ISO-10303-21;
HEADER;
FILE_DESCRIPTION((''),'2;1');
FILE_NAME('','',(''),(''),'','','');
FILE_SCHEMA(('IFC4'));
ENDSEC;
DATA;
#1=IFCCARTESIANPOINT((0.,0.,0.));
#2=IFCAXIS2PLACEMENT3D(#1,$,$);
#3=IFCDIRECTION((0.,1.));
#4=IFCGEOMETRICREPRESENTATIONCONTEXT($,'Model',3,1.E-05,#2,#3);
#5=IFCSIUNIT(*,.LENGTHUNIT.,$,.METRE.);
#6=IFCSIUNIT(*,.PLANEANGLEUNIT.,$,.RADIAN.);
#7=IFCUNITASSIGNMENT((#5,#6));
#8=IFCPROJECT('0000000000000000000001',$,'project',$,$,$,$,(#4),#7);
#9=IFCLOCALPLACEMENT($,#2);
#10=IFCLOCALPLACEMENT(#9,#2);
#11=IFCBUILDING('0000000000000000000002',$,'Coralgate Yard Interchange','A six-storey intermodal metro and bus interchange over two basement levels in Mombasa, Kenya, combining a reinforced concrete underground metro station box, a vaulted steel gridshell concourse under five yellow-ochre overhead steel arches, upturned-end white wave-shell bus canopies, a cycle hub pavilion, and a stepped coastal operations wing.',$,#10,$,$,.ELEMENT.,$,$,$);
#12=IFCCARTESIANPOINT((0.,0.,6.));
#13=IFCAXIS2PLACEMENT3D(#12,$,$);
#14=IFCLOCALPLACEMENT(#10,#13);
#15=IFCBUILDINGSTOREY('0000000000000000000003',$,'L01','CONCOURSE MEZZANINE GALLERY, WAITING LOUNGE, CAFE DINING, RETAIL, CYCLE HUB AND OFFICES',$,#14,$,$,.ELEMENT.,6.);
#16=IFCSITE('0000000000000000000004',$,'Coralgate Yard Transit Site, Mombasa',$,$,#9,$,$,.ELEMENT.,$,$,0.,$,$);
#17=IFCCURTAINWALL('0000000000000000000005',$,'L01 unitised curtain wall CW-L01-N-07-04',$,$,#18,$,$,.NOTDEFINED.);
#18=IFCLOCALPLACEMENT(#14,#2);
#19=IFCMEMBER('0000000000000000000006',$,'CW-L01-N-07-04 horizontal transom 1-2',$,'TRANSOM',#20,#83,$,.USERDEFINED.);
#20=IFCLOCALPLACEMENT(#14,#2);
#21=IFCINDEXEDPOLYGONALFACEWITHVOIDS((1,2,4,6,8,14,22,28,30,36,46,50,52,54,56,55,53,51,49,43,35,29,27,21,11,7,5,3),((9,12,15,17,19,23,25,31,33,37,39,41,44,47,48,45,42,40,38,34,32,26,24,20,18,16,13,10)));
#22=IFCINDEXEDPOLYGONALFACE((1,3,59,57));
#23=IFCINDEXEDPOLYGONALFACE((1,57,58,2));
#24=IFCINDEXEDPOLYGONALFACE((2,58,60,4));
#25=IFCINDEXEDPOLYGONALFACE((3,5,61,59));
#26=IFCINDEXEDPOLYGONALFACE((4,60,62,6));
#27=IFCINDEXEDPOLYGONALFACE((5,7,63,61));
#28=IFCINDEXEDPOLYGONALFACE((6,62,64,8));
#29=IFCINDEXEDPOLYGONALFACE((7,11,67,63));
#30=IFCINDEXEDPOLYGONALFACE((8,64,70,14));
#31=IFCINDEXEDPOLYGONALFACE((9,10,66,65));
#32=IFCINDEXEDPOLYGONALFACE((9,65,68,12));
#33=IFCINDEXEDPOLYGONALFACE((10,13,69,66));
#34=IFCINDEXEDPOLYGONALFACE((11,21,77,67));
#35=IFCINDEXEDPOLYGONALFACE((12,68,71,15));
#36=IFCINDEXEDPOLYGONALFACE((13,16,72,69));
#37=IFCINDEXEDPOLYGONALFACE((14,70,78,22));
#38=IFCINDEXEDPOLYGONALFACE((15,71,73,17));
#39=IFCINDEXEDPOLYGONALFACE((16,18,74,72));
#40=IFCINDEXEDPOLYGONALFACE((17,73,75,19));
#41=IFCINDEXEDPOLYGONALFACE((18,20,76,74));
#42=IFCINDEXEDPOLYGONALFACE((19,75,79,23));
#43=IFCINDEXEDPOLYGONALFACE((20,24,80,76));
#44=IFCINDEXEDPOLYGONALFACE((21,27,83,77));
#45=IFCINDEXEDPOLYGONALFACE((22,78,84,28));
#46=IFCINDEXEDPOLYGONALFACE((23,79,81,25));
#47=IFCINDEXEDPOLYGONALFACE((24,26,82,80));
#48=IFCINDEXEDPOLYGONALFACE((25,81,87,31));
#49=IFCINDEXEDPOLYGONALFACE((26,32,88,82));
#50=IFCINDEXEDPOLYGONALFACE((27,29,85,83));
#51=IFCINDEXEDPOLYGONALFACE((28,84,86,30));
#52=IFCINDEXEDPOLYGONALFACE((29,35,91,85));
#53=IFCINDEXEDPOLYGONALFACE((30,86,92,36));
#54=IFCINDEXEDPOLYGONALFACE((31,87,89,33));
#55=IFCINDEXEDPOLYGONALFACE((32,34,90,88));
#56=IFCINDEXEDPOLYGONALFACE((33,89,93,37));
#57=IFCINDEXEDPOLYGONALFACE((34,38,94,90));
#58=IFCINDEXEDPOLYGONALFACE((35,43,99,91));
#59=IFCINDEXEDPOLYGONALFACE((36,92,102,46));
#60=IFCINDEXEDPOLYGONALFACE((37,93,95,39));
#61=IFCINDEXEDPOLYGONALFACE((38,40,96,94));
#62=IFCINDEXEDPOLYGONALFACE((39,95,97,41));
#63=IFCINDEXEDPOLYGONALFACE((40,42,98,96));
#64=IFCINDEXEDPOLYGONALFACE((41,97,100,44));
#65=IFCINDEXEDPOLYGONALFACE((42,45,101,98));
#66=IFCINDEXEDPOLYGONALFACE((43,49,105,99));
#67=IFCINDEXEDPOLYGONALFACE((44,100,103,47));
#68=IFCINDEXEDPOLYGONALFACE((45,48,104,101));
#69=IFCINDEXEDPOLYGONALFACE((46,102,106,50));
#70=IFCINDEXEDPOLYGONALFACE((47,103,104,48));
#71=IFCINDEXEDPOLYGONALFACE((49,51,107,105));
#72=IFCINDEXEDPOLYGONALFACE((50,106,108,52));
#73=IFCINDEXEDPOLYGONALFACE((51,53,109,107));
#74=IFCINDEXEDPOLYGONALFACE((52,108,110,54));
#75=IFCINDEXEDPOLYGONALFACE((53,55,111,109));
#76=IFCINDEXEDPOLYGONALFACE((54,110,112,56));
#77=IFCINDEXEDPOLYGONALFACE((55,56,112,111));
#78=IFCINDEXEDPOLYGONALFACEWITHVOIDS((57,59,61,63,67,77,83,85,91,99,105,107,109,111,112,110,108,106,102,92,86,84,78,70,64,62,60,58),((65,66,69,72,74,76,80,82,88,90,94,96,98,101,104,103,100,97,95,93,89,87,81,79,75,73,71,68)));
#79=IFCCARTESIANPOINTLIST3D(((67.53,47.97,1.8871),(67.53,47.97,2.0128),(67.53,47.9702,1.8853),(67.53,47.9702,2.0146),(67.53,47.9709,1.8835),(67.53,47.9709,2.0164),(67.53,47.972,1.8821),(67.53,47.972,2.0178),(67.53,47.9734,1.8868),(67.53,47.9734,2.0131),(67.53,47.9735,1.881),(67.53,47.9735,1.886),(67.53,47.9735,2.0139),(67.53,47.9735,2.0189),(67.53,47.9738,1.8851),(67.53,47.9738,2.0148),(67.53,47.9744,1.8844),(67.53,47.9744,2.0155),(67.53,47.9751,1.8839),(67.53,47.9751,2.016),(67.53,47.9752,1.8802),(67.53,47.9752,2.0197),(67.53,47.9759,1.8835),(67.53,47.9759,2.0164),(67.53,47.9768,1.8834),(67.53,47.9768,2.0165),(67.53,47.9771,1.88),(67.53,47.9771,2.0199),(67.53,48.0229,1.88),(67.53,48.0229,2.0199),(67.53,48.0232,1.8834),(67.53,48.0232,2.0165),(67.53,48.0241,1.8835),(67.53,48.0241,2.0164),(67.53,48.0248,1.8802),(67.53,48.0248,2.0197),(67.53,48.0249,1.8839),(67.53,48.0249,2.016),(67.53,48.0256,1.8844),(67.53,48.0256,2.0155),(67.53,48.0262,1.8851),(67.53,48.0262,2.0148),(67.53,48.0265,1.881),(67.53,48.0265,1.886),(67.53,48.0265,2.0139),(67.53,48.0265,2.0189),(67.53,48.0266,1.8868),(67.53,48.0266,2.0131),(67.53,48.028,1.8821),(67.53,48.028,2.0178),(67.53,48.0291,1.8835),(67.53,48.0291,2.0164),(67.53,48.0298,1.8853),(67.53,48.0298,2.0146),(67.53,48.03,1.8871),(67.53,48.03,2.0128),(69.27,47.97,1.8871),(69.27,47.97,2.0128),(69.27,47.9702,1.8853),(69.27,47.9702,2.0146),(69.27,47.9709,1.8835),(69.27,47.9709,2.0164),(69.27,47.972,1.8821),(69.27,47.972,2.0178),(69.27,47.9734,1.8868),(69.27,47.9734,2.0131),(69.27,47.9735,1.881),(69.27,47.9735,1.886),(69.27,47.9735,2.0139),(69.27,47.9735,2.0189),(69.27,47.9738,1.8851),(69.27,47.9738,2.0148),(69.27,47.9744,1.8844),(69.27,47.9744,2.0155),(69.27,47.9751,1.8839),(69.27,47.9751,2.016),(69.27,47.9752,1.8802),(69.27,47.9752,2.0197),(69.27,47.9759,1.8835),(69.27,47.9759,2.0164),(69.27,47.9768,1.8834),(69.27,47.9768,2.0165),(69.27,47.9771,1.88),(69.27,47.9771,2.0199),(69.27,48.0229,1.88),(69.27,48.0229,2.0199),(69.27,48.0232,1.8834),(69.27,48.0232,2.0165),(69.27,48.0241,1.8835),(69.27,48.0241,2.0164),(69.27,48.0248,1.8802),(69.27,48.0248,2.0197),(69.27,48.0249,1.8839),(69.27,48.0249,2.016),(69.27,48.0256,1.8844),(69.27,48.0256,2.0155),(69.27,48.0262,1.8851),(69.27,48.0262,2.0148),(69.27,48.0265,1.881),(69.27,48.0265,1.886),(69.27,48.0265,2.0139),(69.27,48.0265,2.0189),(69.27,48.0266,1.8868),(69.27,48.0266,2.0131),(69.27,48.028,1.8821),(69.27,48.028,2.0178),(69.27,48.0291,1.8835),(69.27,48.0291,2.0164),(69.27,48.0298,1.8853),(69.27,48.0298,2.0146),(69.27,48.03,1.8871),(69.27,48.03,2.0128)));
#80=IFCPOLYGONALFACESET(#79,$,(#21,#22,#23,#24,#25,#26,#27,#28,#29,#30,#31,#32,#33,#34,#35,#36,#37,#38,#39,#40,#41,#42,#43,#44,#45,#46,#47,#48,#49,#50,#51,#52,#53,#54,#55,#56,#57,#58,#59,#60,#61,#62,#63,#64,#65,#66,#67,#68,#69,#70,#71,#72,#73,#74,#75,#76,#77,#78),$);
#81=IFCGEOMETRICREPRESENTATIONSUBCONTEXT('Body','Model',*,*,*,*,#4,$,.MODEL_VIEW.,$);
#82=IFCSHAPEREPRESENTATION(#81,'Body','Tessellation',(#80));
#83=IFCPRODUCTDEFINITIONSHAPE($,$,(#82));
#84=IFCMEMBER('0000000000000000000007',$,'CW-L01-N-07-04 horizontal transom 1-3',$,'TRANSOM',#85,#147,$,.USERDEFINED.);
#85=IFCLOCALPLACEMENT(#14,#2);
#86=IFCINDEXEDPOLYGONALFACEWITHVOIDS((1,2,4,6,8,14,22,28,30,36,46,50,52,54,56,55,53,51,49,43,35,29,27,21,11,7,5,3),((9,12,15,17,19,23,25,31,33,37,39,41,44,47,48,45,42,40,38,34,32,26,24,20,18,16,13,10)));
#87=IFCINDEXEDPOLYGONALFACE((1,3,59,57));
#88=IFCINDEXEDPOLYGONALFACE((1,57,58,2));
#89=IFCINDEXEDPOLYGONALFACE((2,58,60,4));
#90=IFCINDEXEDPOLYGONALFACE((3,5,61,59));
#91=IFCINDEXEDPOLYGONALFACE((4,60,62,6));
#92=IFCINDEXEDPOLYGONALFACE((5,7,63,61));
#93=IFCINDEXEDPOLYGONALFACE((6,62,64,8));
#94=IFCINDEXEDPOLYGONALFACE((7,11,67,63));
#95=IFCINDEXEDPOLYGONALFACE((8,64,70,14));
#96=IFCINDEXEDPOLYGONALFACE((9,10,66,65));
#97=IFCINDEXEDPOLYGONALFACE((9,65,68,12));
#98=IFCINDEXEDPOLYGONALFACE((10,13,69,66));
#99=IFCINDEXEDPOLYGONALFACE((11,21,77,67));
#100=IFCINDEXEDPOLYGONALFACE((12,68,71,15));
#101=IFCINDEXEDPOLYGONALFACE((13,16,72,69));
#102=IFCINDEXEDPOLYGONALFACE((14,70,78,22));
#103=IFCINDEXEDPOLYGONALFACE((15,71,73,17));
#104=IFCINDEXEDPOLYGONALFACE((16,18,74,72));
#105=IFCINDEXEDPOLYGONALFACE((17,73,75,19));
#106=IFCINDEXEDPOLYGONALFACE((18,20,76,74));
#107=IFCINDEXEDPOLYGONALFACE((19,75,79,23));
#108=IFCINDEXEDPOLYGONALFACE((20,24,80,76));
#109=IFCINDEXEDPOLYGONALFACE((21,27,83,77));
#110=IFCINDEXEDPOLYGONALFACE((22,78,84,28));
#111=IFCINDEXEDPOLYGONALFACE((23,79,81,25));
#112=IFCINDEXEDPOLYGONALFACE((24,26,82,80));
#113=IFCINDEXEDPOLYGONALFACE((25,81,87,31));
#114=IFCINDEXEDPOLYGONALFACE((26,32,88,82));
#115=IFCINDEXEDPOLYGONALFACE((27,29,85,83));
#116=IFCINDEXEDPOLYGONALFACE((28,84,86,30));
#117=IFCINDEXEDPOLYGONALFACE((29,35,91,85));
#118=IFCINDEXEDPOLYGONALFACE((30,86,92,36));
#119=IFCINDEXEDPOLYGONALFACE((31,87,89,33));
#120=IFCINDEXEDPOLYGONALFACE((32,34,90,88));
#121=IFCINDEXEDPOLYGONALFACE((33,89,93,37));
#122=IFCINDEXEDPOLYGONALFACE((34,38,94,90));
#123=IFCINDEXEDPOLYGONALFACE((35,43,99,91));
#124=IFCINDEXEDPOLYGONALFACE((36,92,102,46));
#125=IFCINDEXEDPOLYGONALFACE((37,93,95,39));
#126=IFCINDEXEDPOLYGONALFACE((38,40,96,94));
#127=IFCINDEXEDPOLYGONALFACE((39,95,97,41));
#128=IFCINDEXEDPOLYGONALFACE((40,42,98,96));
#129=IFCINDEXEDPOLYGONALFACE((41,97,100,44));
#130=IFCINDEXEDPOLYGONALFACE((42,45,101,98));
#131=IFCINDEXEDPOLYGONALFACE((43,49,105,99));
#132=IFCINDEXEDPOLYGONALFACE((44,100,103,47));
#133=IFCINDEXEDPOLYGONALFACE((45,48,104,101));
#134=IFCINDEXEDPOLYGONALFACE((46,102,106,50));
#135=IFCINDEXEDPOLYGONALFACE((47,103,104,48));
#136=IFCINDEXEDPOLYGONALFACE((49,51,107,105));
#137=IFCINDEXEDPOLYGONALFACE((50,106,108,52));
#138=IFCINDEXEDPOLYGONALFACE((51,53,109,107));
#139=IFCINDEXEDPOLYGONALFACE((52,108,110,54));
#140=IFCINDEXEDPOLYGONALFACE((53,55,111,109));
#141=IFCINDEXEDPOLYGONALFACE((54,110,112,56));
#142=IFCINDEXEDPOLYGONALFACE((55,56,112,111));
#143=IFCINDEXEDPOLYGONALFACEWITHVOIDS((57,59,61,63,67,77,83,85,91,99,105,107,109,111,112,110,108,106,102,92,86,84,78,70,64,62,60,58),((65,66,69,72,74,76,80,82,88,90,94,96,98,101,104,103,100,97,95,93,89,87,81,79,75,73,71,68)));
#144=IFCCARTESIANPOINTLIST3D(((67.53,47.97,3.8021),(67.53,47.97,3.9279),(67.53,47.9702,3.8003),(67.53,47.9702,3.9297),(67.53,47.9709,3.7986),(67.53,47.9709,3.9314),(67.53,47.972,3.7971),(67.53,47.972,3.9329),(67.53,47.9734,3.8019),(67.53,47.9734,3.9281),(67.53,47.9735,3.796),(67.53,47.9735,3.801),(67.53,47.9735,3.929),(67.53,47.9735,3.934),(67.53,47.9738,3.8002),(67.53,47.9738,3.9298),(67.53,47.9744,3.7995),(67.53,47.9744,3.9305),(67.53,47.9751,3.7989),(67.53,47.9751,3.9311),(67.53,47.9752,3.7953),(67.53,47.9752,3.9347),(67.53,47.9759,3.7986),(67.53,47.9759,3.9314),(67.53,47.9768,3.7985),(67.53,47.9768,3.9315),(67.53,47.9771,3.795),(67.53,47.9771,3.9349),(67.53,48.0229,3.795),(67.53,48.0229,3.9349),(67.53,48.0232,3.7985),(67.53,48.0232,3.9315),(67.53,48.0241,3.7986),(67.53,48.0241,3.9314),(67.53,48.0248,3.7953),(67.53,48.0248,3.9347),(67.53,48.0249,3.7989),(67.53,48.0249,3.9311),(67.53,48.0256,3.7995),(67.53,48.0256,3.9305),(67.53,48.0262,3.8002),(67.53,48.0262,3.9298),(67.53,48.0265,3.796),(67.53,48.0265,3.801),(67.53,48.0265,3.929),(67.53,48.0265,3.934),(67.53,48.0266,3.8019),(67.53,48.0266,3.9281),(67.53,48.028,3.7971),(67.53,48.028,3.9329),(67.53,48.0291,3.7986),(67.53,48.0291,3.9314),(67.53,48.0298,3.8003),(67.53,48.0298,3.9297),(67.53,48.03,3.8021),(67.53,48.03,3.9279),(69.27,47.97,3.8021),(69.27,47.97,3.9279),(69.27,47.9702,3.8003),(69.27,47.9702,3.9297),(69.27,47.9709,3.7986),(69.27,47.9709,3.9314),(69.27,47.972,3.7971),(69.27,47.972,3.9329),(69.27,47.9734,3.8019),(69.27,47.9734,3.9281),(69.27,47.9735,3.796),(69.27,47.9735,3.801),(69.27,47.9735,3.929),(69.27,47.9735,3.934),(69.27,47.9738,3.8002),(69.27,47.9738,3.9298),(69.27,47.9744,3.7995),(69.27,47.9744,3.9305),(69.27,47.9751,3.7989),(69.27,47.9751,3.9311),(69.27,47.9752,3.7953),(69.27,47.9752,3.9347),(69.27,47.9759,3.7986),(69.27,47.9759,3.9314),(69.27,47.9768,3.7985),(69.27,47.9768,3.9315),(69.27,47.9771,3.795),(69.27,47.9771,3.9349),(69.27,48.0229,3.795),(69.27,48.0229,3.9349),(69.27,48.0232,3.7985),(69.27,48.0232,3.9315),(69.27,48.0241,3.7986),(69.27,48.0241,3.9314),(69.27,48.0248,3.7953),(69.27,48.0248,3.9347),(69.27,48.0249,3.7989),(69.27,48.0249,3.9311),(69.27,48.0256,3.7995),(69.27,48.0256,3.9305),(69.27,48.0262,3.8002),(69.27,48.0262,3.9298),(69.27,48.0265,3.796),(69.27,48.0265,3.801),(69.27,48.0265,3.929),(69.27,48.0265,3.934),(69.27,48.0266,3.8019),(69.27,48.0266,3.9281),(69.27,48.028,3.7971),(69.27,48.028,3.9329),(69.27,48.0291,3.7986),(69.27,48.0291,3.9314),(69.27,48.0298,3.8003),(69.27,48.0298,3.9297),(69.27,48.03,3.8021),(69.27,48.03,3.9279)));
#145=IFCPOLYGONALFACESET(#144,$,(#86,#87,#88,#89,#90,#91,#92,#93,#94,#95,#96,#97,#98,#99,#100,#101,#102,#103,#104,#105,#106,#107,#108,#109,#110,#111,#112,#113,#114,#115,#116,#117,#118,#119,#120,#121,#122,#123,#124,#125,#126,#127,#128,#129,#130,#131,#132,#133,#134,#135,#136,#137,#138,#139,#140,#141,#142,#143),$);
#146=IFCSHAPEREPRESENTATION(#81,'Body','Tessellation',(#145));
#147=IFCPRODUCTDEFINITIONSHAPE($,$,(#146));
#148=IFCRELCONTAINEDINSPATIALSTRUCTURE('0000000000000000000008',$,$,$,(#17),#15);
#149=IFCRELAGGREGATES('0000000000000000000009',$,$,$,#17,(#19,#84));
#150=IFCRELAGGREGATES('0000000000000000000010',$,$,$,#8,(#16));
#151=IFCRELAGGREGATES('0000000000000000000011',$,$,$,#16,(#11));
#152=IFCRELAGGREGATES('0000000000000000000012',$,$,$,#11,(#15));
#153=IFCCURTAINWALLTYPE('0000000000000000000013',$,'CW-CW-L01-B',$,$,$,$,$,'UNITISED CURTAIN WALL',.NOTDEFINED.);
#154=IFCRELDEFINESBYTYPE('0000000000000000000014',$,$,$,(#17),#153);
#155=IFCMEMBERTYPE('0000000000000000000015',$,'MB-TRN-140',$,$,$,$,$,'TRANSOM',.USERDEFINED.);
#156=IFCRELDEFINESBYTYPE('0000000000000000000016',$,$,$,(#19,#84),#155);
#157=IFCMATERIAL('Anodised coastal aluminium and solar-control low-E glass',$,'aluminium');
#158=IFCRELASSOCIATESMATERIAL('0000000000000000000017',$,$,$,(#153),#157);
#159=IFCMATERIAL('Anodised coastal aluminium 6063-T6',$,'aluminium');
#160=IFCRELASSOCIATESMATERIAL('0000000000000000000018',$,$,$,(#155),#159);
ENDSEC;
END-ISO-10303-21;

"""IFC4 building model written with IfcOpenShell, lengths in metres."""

from ifc_helpers import new_model, si_unit, direction, frame, origin, origin_2d, place, context, subcontext, project, spatial, hollow_rectangle, extrude, material, material_profile, profile_set, type_object, element, aggregate, save


model = new_model("IFC4")

# Units and contexts
model_context = context("Model", 3, precision=1e-05, world=origin(), true_north=direction((0.0, 1.0)))
body_context = subcontext(model_context, "Body", "Model", "MODEL_VIEW")
ifc_project = project(units=[si_unit("LENGTHUNIT", "METRE"), si_unit("PLANEANGLEUNIT", "RADIAN")], contexts=[model_context])

# Site, building, storey
site_placement = place(None, origin())
site = spatial("IfcSite", under=ifc_project, at=site_placement, Name="Coralgate Yard Transit Site, Mombasa", CompositionType="ELEMENT", RefElevation=0.0)
building_placement = place(site_placement, origin())
building = spatial("IfcBuilding", under=site, at=building_placement, Name="Coralgate Yard Interchange", Description="A six-storey intermodal metro and bus interchange over two basement levels in Mombasa, Kenya, combining a reinforced concrete underground metro station box, a vaulted steel gridshell concourse under five yellow-ochre overhead steel arches, upturned-end white wave-shell bus canopies, a cycle hub pavilion, and a stepped coastal operations wing.", CompositionType="ELEMENT")
storey_placement = place(building_placement, frame((0.0, 0.0, 6.0)))
storey = spatial("IfcBuildingStorey", under=building, at=storey_placement, Name="L01", Description="CONCOURSE MEZZANINE GALLERY, WAITING LOUNGE, CAFE DINING, RETAIL, CYCLE HUB AND OFFICES", CompositionType="ELEMENT", Elevation=6.0)

# Curtain wall
ifc_material_1 = material(Name="Anodised coastal aluminium and solar-control low-E glass", Category="aluminium")
curtain_wall_type = type_object("IfcCurtainWallType", Name="CW-CW-L01-B", ElementType="UNITISED CURTAIN WALL", PredefinedType="NOTDEFINED", material=ifc_material_1)
ifc_material_2 = material(Name="Anodised coastal aluminium 6063-T6", Category="aluminium")
curtain_wall_1_placement = place(storey_placement, origin())
curtain_wall_1 = element("IfcCurtainWall", 1, at=curtain_wall_1_placement, inside=storey, type_object=curtain_wall_type, Name="L01 unitised curtain wall CW-L01-N-07-04", PredefinedType="NOTDEFINED")

# Members
ifc_material_profile_1 = material_profile(ifc_material_2, hollow_rectangle(XDim=0.0601, YDim=0.1399, WallThickness=0.0034, InnerFilletRadius=0.0034, OuterFilletRadius=0.0071, at=origin_2d()), Name="ALU 60x140x3.5")
ifc_profile_set_1 = profile_set([ifc_material_profile_1], Name="Anodised coastal aluminium 6063-T6")
member_type_1 = type_object("IfcMemberType", Name="MB-TRN-140", ElementType="TRANSOM", PredefinedType="USERDEFINED", material=ifc_profile_set_1)
member_1_placement = place(storey_placement, frame((67.53, 48.0, 1.95), z_axis=(1.0, 0.0, 0.0), x_axis=(0.0, 1.0, 0.0)))
member_1 = element("IfcMember", 2, at=member_1_placement, type_object=member_type_1, Name="CW-L01-N-07-04 horizontal transom 1-2", ObjectType="TRANSOM", PredefinedType="USERDEFINED", context=body_context, shape_type="SweptSolid", body=[
    extrude(hollow_rectangle(XDim=0.0601, YDim=0.1399, WallThickness=0.0034, InnerFilletRadius=0.0034, OuterFilletRadius=0.0071, at=origin_2d()), origin(), (0.0, 0.0, 1.0), 1.74),
])
member_2_placement = place(storey_placement, frame((67.53, 48.0, 3.865), z_axis=(1.0, 0.0, 0.0), x_axis=(0.0, 1.0, 0.0)))
member_2 = element("IfcMember", 3, at=member_2_placement, type_object=member_type_1, Name="CW-L01-N-07-04 horizontal transom 1-3", ObjectType="TRANSOM", PredefinedType="USERDEFINED", context=body_context, shape_type="SweptSolid", body=[
    extrude(hollow_rectangle(XDim=0.0601, YDim=0.1399, WallThickness=0.0034, InnerFilletRadius=0.0034, OuterFilletRadius=0.0071, at=origin_2d()), origin(), (0.0, 0.0, 1.0), 1.74),
])

aggregate(curtain_wall_1, [member_1, member_2])

save(model, "model.ifc")
